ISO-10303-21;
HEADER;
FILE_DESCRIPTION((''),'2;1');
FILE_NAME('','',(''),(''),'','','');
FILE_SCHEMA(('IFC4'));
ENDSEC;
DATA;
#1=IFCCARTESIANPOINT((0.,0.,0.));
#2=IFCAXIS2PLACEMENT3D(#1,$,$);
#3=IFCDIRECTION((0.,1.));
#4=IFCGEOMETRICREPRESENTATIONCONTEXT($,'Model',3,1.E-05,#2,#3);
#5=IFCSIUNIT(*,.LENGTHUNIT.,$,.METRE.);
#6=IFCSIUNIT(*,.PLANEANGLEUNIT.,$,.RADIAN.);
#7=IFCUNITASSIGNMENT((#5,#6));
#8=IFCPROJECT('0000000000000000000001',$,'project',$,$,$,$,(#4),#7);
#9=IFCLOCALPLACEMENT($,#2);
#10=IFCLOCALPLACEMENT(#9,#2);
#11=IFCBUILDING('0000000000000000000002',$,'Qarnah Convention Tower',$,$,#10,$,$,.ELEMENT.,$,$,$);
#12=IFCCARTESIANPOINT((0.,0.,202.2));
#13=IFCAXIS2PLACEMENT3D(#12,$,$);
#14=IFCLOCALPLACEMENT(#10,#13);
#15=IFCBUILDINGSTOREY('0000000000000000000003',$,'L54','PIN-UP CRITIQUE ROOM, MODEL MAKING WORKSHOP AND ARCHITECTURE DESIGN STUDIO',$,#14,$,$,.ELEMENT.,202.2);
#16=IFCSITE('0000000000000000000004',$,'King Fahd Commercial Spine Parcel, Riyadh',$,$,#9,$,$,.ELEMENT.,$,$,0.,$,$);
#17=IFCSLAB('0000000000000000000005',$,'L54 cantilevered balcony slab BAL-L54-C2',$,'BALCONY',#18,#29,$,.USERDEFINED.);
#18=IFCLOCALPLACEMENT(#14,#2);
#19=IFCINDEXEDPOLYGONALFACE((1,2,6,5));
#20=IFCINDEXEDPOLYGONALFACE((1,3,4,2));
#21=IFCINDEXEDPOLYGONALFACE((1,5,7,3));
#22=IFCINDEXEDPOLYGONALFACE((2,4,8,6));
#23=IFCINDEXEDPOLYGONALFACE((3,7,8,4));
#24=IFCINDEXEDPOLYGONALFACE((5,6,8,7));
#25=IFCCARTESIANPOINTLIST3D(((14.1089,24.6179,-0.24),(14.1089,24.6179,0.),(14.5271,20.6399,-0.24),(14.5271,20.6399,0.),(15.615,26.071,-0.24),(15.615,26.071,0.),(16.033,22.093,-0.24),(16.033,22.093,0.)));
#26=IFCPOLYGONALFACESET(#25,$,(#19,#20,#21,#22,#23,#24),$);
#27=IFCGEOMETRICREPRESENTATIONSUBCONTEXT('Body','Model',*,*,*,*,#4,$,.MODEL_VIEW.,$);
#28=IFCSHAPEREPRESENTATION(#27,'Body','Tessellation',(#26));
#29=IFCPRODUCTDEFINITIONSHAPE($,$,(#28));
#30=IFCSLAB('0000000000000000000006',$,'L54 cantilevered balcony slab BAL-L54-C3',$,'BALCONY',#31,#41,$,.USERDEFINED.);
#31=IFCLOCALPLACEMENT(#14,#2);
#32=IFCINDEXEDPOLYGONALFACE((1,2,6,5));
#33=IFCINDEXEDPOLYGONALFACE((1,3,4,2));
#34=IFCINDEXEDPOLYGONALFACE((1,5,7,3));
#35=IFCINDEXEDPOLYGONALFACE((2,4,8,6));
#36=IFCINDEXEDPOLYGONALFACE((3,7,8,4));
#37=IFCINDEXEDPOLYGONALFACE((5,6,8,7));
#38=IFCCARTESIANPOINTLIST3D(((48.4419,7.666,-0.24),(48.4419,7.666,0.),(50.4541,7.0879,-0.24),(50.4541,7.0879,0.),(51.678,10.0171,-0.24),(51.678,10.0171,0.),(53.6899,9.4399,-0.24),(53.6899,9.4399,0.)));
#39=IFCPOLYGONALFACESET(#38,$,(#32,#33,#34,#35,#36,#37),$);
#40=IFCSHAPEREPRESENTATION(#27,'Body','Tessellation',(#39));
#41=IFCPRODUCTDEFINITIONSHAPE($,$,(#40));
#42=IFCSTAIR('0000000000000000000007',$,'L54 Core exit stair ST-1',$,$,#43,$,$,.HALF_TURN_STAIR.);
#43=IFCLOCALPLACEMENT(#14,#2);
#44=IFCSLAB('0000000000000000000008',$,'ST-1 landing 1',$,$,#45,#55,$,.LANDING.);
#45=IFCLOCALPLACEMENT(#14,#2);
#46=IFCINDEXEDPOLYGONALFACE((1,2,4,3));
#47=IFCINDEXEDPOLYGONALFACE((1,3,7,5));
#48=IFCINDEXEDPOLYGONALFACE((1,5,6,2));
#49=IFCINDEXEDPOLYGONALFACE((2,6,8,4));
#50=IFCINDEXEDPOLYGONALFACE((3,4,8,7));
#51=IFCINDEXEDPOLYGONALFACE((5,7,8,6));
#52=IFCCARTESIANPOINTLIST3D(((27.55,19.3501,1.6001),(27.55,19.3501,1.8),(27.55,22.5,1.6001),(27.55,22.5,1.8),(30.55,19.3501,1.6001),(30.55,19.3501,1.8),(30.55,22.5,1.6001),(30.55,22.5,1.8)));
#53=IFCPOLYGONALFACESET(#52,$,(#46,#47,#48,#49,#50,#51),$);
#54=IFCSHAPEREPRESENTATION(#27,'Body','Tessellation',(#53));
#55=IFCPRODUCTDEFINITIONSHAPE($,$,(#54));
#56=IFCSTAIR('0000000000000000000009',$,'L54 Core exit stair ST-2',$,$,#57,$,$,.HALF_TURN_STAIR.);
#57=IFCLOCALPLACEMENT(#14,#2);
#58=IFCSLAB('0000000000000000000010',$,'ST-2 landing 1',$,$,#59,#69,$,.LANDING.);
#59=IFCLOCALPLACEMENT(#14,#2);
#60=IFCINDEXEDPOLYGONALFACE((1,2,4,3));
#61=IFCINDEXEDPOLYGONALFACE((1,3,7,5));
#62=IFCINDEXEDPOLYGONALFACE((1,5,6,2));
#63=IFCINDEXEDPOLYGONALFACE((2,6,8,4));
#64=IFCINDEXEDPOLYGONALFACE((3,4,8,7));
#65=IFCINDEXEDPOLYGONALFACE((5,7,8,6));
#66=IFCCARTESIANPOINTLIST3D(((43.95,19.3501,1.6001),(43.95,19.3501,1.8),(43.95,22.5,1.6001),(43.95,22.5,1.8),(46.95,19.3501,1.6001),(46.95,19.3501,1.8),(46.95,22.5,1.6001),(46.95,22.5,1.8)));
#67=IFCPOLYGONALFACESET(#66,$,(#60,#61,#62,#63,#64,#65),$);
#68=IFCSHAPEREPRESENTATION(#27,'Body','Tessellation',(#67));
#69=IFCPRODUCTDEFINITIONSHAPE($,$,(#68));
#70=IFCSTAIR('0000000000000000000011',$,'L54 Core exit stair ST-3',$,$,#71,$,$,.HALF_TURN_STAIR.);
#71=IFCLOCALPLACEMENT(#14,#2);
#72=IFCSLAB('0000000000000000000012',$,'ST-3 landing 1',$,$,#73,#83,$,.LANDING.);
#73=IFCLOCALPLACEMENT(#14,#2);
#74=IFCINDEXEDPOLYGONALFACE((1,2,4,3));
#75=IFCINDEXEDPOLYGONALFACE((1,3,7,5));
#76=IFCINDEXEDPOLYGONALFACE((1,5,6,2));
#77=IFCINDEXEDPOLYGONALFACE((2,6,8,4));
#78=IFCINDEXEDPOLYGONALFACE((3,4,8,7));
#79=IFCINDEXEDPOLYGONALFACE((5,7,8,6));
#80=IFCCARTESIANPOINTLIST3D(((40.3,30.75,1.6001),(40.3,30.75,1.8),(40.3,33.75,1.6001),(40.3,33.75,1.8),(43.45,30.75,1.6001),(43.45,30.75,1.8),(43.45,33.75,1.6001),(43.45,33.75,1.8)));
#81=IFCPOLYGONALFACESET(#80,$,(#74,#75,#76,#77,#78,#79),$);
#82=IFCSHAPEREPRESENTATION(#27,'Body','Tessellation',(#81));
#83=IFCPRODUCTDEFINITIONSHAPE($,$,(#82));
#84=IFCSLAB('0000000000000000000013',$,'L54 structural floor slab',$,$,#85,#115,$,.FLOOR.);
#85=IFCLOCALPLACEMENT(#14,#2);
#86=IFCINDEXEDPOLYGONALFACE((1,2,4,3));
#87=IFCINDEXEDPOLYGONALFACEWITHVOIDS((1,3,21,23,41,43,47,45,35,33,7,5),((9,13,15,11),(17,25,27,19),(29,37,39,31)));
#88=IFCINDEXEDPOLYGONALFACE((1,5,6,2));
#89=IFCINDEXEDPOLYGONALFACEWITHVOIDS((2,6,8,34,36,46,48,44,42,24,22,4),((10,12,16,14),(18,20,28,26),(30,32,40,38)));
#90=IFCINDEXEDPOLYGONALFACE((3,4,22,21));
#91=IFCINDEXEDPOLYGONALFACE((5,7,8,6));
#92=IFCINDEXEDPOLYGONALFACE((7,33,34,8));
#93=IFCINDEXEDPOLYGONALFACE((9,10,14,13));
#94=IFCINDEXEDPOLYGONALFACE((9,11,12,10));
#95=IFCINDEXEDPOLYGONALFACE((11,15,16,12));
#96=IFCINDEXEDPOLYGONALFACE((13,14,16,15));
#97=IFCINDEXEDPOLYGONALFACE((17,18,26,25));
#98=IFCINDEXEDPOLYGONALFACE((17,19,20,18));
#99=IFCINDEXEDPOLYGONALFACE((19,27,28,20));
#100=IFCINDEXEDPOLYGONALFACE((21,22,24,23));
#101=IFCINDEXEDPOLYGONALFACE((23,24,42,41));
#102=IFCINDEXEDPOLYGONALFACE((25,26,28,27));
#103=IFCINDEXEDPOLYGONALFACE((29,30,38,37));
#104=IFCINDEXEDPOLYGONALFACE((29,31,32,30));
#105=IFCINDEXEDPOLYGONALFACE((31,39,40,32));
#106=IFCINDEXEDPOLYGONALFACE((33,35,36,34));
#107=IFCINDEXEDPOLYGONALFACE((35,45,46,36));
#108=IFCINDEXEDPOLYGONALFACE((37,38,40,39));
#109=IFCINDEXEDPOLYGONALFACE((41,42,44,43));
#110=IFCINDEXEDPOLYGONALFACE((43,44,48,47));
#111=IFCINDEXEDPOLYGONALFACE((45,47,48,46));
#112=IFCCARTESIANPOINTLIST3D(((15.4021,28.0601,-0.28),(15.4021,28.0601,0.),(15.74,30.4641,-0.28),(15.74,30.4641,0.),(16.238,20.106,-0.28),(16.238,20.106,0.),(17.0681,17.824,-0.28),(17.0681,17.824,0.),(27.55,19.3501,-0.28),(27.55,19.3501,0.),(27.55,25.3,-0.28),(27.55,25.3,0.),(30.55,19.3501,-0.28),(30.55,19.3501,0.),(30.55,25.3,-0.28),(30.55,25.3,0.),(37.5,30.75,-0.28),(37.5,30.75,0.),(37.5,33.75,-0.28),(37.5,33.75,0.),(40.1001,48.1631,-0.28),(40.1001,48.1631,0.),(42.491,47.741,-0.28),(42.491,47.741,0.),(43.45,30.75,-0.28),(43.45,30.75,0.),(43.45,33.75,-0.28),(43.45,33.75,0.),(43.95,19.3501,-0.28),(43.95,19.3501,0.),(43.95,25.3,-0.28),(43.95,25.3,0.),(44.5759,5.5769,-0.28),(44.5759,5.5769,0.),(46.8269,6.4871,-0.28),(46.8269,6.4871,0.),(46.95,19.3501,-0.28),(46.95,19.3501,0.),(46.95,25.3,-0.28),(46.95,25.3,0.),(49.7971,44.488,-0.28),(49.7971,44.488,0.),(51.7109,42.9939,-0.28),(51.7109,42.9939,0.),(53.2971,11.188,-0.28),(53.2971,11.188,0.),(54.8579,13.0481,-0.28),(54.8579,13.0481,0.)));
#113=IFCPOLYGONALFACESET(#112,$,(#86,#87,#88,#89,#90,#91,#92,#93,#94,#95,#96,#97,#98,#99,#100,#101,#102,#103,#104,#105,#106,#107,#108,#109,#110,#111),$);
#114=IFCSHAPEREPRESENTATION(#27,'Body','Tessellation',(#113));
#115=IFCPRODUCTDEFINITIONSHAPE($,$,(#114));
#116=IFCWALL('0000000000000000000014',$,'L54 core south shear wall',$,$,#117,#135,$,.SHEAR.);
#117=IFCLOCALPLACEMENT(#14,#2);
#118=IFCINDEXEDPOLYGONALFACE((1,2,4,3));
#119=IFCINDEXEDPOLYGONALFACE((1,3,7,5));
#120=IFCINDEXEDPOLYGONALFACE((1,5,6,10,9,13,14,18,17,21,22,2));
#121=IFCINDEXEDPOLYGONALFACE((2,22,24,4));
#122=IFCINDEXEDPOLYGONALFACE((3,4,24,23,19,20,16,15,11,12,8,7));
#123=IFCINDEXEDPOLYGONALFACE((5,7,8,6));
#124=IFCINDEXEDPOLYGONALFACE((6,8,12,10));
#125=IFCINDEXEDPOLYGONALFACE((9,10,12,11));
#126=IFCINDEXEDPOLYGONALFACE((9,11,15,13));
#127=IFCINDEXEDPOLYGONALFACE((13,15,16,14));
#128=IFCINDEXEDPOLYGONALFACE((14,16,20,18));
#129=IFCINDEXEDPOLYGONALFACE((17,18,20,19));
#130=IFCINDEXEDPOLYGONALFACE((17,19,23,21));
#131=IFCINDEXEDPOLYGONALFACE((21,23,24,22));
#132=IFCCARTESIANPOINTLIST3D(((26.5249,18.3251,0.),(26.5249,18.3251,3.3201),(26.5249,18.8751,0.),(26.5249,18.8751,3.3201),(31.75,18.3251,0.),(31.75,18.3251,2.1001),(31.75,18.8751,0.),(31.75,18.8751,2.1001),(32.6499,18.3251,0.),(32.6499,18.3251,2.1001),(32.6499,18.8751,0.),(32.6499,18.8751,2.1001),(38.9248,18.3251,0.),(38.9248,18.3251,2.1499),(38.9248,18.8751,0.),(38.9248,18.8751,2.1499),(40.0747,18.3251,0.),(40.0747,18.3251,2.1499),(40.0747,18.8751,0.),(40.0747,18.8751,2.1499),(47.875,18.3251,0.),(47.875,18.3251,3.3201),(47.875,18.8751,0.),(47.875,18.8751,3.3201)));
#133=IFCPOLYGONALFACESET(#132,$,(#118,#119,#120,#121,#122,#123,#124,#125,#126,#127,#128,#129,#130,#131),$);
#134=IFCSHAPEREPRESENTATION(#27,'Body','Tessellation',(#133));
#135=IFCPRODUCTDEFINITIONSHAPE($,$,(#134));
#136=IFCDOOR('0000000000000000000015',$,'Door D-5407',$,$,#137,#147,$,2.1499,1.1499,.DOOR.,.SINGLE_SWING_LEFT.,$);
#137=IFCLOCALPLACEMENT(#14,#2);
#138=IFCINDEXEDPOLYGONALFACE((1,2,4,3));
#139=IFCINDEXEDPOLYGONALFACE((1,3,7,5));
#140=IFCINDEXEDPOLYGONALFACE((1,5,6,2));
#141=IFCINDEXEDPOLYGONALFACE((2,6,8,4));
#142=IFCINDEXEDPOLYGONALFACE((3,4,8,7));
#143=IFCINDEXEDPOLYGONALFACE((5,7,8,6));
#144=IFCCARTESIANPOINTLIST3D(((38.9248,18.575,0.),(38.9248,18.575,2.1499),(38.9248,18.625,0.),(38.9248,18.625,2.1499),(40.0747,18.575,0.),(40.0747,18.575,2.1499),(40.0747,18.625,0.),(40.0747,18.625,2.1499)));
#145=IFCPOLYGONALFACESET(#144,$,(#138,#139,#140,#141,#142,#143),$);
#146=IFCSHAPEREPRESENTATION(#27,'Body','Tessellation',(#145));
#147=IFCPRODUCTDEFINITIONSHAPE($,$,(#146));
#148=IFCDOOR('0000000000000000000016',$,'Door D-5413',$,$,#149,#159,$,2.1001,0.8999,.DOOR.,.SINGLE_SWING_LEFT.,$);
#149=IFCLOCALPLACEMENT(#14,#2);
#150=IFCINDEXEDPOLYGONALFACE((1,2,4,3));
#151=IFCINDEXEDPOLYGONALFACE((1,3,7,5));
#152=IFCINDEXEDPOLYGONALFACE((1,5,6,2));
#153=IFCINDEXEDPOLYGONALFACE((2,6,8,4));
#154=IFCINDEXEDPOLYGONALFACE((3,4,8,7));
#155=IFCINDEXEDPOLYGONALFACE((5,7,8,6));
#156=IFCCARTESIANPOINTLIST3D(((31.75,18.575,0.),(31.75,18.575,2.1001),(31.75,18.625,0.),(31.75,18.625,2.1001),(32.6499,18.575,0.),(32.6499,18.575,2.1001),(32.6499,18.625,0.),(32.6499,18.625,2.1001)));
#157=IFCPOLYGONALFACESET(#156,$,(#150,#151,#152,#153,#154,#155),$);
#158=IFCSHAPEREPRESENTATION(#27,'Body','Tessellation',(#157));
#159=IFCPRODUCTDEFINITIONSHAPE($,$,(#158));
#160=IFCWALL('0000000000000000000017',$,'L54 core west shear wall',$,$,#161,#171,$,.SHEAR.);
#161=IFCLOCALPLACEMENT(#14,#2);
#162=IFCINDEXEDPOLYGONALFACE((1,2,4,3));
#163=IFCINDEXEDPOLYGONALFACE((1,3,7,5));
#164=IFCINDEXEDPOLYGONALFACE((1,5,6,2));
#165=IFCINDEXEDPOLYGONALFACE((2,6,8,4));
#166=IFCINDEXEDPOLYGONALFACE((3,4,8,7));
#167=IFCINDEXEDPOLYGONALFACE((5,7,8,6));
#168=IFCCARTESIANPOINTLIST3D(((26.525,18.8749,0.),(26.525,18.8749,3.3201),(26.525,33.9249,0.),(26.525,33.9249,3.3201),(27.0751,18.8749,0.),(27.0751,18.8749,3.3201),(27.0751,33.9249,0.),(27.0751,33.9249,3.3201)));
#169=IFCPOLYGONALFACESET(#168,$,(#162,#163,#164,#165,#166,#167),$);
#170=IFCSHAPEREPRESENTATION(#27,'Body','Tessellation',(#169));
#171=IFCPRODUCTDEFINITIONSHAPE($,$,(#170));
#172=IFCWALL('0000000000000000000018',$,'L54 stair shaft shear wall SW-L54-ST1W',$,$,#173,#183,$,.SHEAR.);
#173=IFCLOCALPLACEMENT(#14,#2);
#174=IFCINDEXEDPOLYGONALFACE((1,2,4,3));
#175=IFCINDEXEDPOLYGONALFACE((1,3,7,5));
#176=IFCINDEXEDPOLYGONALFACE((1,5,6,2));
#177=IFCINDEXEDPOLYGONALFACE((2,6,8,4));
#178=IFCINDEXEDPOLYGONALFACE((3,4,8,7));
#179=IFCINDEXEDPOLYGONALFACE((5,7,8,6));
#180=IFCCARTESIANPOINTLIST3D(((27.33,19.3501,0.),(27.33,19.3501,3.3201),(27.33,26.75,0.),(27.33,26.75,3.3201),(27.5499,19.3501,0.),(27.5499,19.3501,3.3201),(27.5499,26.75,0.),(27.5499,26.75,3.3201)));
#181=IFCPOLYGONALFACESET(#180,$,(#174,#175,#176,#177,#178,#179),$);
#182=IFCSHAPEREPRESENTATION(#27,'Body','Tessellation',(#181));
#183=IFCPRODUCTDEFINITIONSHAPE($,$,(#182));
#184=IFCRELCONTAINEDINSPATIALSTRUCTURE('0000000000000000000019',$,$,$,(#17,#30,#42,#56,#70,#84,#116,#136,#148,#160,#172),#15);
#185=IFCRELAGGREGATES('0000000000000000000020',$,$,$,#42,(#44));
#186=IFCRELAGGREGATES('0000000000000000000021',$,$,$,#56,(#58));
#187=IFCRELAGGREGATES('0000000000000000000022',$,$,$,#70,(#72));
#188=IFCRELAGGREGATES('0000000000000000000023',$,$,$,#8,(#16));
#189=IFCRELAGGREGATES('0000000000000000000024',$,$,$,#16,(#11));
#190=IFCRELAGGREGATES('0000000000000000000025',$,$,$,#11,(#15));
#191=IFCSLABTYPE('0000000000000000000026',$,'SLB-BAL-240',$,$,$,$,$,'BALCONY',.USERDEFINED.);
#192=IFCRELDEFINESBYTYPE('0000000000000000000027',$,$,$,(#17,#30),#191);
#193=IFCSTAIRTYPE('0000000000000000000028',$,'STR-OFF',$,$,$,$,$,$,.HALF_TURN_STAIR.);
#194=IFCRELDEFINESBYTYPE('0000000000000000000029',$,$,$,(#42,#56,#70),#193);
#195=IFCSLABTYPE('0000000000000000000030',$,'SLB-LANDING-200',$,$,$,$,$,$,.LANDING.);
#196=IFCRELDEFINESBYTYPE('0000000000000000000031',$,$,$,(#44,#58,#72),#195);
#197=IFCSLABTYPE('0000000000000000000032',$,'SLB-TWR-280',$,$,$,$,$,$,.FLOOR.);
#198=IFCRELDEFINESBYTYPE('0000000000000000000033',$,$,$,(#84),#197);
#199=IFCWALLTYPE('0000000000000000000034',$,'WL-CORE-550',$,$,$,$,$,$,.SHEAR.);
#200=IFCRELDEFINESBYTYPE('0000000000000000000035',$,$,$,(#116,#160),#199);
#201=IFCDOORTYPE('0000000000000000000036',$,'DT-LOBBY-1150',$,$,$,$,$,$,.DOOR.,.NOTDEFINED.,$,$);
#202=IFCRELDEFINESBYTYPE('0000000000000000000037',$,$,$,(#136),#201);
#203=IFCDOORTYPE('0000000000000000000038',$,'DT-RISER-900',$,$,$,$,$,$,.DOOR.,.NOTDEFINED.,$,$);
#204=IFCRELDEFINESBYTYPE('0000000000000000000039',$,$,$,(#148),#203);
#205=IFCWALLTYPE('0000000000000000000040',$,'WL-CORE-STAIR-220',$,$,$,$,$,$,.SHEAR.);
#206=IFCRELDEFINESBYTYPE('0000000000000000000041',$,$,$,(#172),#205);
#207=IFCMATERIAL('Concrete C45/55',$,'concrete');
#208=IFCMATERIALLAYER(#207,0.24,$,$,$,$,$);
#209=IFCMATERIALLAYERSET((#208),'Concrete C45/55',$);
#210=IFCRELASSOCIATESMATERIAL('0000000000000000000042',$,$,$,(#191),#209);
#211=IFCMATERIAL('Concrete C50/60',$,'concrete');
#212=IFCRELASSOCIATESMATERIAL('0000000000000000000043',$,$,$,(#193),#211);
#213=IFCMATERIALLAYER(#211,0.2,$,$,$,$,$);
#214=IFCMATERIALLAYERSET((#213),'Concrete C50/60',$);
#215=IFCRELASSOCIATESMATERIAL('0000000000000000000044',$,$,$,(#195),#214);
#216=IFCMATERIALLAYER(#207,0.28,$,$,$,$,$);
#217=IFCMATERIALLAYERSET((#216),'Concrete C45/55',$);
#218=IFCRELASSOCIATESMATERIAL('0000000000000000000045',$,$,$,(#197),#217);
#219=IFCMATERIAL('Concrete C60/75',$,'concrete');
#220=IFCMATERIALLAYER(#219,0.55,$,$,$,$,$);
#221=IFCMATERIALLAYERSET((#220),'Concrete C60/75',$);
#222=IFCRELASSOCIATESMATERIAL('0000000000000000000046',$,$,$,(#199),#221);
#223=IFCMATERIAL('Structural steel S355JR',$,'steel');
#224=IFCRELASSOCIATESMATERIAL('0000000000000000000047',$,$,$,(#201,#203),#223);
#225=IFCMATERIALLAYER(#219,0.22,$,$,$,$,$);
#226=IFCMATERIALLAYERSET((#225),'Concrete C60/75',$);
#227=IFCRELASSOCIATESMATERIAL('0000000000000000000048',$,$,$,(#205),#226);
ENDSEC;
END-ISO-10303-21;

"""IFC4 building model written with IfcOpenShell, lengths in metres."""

from ifc_helpers import new_model, si_unit, direction, frame, frame_2d, origin, place, context, subcontext, project, spatial, polyline, rectangle, outline, extrude, material, layer, layer_set, type_object, element, fill, aggregate, save


model = new_model("IFC4")

# Units and contexts
model_context = context("Model", 3, precision=1e-05, world=origin(), true_north=direction((0.0, 1.0)))
body_context = subcontext(model_context, "Body", "Model", "MODEL_VIEW")
ifc_project = project(units=[si_unit("LENGTHUNIT", "METRE"), si_unit("PLANEANGLEUNIT", "RADIAN")], contexts=[model_context])

# Site, building, storey
site_placement = place(None, origin())
site = spatial("IfcSite", under=ifc_project, at=site_placement, Name="King Fahd Commercial Spine Parcel, Riyadh", CompositionType="ELEMENT", RefElevation=0.0)
building_placement = place(site_placement, origin())
building = spatial("IfcBuilding", under=site, at=building_placement, Name="Qarnah Convention Tower", CompositionType="ELEMENT")
storey_placement = place(building_placement, frame((0.0, 0.0, 202.2)))
storey = spatial("IfcBuildingStorey", under=building, at=storey_placement, Name="L54", Description="PIN-UP CRITIQUE ROOM, MODEL MAKING WORKSHOP AND ARCHITECTURE DESIGN STUDIO", CompositionType="ELEMENT", Elevation=202.2)

# Shared definitions
ifc_material_1 = material(Name="Concrete C50/60", Category="concrete")

# Shared definitions
ifc_material_2 = material(Name="Structural steel S355JR", Category="steel")

# Slabs
ifc_material_3 = material(Name="Concrete C45/55", Category="concrete")
ifc_layer_1 = layer(ifc_material_3, 0.24)
ifc_layer_set_1 = layer_set([ifc_layer_1], Name="Concrete C45/55")
slab_type_1 = type_object("IfcSlabType", Name="SLB-BAL-240", ElementType="BALCONY", PredefinedType="USERDEFINED", material=ifc_layer_set_1)
slab_1_placement = place(storey_placement, frame((0.0, 0.0, -0.24)))
element("IfcSlab", 1, at=slab_1_placement, inside=storey, type_object=slab_type_1, Name="L54 cantilevered balcony slab BAL-L54-C2", ObjectType="BALCONY", PredefinedType="USERDEFINED", context=body_context, shape_type="SweptSolid", body=[
    extrude(outline(polyline([(14.5271, 20.6399), (14.1089, 24.6179), (15.615, 26.071), (16.033, 22.093), (14.5271, 20.6399)])), origin(), (0.0, 0.0, 1.0), 0.24),
])
slab_2_placement = place(storey_placement, frame((0.0, 0.0, -0.24)))
element("IfcSlab", 2, at=slab_2_placement, inside=storey, type_object=slab_type_1, Name="L54 cantilevered balcony slab BAL-L54-C3", ObjectType="BALCONY", PredefinedType="USERDEFINED", context=body_context, shape_type="SweptSolid", body=[
    extrude(outline(polyline([(53.6899, 9.4399), (50.4541, 7.0879), (48.4419, 7.666), (51.678, 10.0171), (53.6899, 9.4399)])), origin(), (0.0, 0.0, 1.0), 0.24),
])

# Stairs, slabs
stair_type = type_object("IfcStairType", Name="STR-OFF", PredefinedType="HALF_TURN_STAIR", material=ifc_material_1)
stair_1_placement = place(storey_placement, origin())
stair_1 = element("IfcStair", 3, at=stair_1_placement, inside=storey, type_object=stair_type, Name="L54 Core exit stair ST-1", PredefinedType="HALF_TURN_STAIR")
ifc_layer_2 = layer(ifc_material_1, 0.2)
ifc_layer_set_2 = layer_set([ifc_layer_2], Name="Concrete C50/60")
slab_type_2 = type_object("IfcSlabType", Name="SLB-LANDING-200", PredefinedType="LANDING", material=ifc_layer_set_2)
slab_3_placement = place(storey_placement, frame((0.0, 0.0, 1.6001)))
slab_3 = element("IfcSlab", 4, at=slab_3_placement, type_object=slab_type_2, Name="ST-1 landing 1", PredefinedType="LANDING", context=body_context, shape_type="SweptSolid", body=[
    extrude(outline(polyline([(27.55, 22.5), (27.55, 19.3501), (30.55, 19.3501), (30.55, 22.5), (27.55, 22.5)])), origin(), (0.0, 0.0, 1.0), 0.2),
])
aggregate(stair_1, [slab_3])
stair_2_placement = place(storey_placement, origin())
stair_2 = element("IfcStair", 5, at=stair_2_placement, inside=storey, type_object=stair_type, Name="L54 Core exit stair ST-2", PredefinedType="HALF_TURN_STAIR")
slab_4_placement = place(storey_placement, frame((0.0, 0.0, 1.6001)))
slab_4 = element("IfcSlab", 6, at=slab_4_placement, type_object=slab_type_2, Name="ST-2 landing 1", PredefinedType="LANDING", context=body_context, shape_type="SweptSolid", body=[
    extrude(outline(polyline([(43.95, 22.5), (43.95, 19.3501), (46.95, 19.3501), (46.95, 22.5), (43.95, 22.5)])), origin(), (0.0, 0.0, 1.0), 0.2),
])
aggregate(stair_2, [slab_4])
stair_3_placement = place(storey_placement, origin())
stair_3 = element("IfcStair", 7, at=stair_3_placement, inside=storey, type_object=stair_type, Name="L54 Core exit stair ST-3", PredefinedType="HALF_TURN_STAIR")
slab_5_placement = place(storey_placement, frame((0.0, 0.0, 1.6001)))
slab_5 = element("IfcSlab", 8, at=slab_5_placement, type_object=slab_type_2, Name="ST-3 landing 1", PredefinedType="LANDING", context=body_context, shape_type="SweptSolid", body=[
    extrude(outline(polyline([(40.3, 30.75), (43.45, 30.75), (43.45, 33.75), (40.3, 33.75), (40.3, 30.75)])), origin(), (0.0, 0.0, 1.0), 0.2),
])
aggregate(stair_3, [slab_5])

# Slab
ifc_layer_3 = layer(ifc_material_3, 0.28)
ifc_layer_set_3 = layer_set([ifc_layer_3], Name="Concrete C45/55")
slab_type_3 = type_object("IfcSlabType", Name="SLB-TWR-280", PredefinedType="FLOOR", material=ifc_layer_set_3)
slab_6_placement = place(storey_placement, frame((0.0, 0.0, -0.28)))
element("IfcSlab", 9, at=slab_6_placement, inside=storey, type_object=slab_type_3, Name="L54 structural floor slab", PredefinedType="FLOOR", context=body_context, shape_type="SweptSolid", body=[
    extrude(outline(polyline([(40.1001, 48.1631), (15.74, 30.4641), (15.4021, 28.0601), (16.238, 20.106), (17.0681, 17.824), (44.5759, 5.5769), (46.8269, 6.4871), (53.2971, 11.188), (54.8579, 13.0481), (51.7109, 42.9939), (49.7971, 44.488), (42.491, 47.741), (40.1001, 48.1631)]), holes=[polyline([(27.55, 25.3), (27.55, 19.3501), (30.55, 19.3501), (30.55, 25.3), (27.55, 25.3)]), polyline([(43.95, 25.3), (43.95, 19.3501), (46.95, 19.3501), (46.95, 25.3), (43.95, 25.3)]), polyline([(37.5, 30.75), (43.45, 30.75), (43.45, 33.75), (37.5, 33.75), (37.5, 30.75)])]), origin(), (0.0, 0.0, 1.0), 0.28),
])

# Wall, openings, doors
ifc_material_4 = material(Name="Concrete C60/75", Category="concrete")
ifc_layer_4 = layer(ifc_material_4, 0.55)
ifc_layer_set_4 = layer_set([ifc_layer_4], Name="Concrete C60/75")
wall_type_1 = type_object("IfcWallType", Name="WL-CORE-550", PredefinedType="SHEAR", material=ifc_layer_set_4)
wall_1_placement = place(storey_placement, frame((26.5249, 18.6001, 0.0), z_axis=(0.0, 0.0, 1.0), x_axis=(1.0, 0.0, 0.0)))
wall_1 = element("IfcWall", 10, at=wall_1_placement, inside=storey, type_object=wall_type_1, Name="L54 core south shear wall", PredefinedType="SHEAR", context=body_context, shape_type="SweptSolid", body=[
    extrude(rectangle(XDim=21.3501, YDim=0.55, at=frame_2d((10.675, 0.0))), origin(), (0.0, 0.0, 1.0), 3.3201),
])
opening_1_placement = place(wall_1_placement, frame((12.3999, 0.0, 0.0)))
opening_1 = element("IfcOpeningElement", 11, at=opening_1_placement, cuts=wall_1, PredefinedType="OPENING", context=body_context, shape_type="SweptSolid", body=[
    extrude(rectangle(XDim=1.1499, YDim=2.1499, at=frame_2d((0.575, 1.075))), frame((0.0, 0.2849, 0.0), z_axis=(0.0, -1.0, 0.0), x_axis=(1.0, 0.0, 0.0)), (0.0, 0.0, 1.0), 0.5701),
])
opening_2_placement = place(wall_1_placement, frame((5.2251, 0.0, 0.0)))
opening_2 = element("IfcOpeningElement", 12, at=opening_2_placement, cuts=wall_1, PredefinedType="OPENING", context=body_context, shape_type="SweptSolid", body=[
    extrude(rectangle(XDim=0.8999, YDim=2.1001, at=frame_2d((0.45, 1.05))), frame((0.0, 0.2849, 0.0), z_axis=(0.0, -1.0, 0.0), x_axis=(1.0, 0.0, 0.0)), (0.0, 0.0, 1.0), 0.5701),
])
door_type_1 = type_object("IfcDoorType", Name="DT-LOBBY-1150", OperationType="NOTDEFINED", PredefinedType="DOOR", material=ifc_material_2)
door_1_placement = place(opening_1_placement, origin())
door_1 = element("IfcDoor", 13, at=door_1_placement, inside=storey, type_object=door_type_1, Name="Door D-5407", OperationType="SINGLE_SWING_LEFT", OverallHeight=2.1499, OverallWidth=1.1499, PredefinedType="DOOR", context=body_context, shape_type="SweptSolid", body=[
    extrude(rectangle(XDim=1.1499, YDim=2.1499, at=frame_2d((0.575, 1.075))), frame((0.0, 0.0249, 0.0), z_axis=(0.0, -1.0, 0.0), x_axis=(1.0, 0.0, 0.0)), (0.0, 0.0, 1.0), 0.05),
])
fill(opening_1, door_1)
door_type_2 = type_object("IfcDoorType", Name="DT-RISER-900", OperationType="NOTDEFINED", PredefinedType="DOOR", material=ifc_material_2)
door_2_placement = place(opening_2_placement, origin())
door_2 = element("IfcDoor", 14, at=door_2_placement, inside=storey, type_object=door_type_2, Name="Door D-5413", OperationType="SINGLE_SWING_LEFT", OverallHeight=2.1001, OverallWidth=0.8999, PredefinedType="DOOR", context=body_context, shape_type="SweptSolid", body=[
    extrude(rectangle(XDim=0.8999, YDim=2.1001, at=frame_2d((0.45, 1.05))), frame((0.0, 0.0249, 0.0), z_axis=(0.0, -1.0, 0.0), x_axis=(1.0, 0.0, 0.0)), (0.0, 0.0, 1.0), 0.05),
])
fill(opening_2, door_2)

# Walls
wall_2_placement = place(storey_placement, frame((26.8, 18.875, 0.0), z_axis=(0.0, 0.0, 1.0), x_axis=(0.0, 1.0, 0.0)))
element("IfcWall", 15, at=wall_2_placement, inside=storey, type_object=wall_type_1, Name="L54 core west shear wall", PredefinedType="SHEAR", context=body_context, shape_type="SweptSolid", body=[
    extrude(rectangle(XDim=15.05, YDim=0.55, at=frame_2d((7.5249, 0.0))), origin(), (0.0, 0.0, 1.0), 3.3201),
])
ifc_layer_5 = layer(ifc_material_4, 0.22)
ifc_layer_set_5 = layer_set([ifc_layer_5], Name="Concrete C60/75")
wall_type_2 = type_object("IfcWallType", Name="WL-CORE-STAIR-220", PredefinedType="SHEAR", material=ifc_layer_set_5)
wall_3_placement = place(storey_placement, frame((27.4399, 19.3501, 0.0), z_axis=(0.0, 0.0, 1.0), x_axis=(0.0, 1.0, 0.0)))
element("IfcWall", 16, at=wall_3_placement, inside=storey, type_object=wall_type_2, Name="L54 stair shaft shear wall SW-L54-ST1W", PredefinedType="SHEAR", context=body_context, shape_type="SweptSolid", body=[
    extrude(rectangle(XDim=7.3999, YDim=0.22, at=frame_2d((3.7, 0.0))), origin(), (0.0, 0.0, 1.0), 3.3201),
])

save(model, "model.ifc")
